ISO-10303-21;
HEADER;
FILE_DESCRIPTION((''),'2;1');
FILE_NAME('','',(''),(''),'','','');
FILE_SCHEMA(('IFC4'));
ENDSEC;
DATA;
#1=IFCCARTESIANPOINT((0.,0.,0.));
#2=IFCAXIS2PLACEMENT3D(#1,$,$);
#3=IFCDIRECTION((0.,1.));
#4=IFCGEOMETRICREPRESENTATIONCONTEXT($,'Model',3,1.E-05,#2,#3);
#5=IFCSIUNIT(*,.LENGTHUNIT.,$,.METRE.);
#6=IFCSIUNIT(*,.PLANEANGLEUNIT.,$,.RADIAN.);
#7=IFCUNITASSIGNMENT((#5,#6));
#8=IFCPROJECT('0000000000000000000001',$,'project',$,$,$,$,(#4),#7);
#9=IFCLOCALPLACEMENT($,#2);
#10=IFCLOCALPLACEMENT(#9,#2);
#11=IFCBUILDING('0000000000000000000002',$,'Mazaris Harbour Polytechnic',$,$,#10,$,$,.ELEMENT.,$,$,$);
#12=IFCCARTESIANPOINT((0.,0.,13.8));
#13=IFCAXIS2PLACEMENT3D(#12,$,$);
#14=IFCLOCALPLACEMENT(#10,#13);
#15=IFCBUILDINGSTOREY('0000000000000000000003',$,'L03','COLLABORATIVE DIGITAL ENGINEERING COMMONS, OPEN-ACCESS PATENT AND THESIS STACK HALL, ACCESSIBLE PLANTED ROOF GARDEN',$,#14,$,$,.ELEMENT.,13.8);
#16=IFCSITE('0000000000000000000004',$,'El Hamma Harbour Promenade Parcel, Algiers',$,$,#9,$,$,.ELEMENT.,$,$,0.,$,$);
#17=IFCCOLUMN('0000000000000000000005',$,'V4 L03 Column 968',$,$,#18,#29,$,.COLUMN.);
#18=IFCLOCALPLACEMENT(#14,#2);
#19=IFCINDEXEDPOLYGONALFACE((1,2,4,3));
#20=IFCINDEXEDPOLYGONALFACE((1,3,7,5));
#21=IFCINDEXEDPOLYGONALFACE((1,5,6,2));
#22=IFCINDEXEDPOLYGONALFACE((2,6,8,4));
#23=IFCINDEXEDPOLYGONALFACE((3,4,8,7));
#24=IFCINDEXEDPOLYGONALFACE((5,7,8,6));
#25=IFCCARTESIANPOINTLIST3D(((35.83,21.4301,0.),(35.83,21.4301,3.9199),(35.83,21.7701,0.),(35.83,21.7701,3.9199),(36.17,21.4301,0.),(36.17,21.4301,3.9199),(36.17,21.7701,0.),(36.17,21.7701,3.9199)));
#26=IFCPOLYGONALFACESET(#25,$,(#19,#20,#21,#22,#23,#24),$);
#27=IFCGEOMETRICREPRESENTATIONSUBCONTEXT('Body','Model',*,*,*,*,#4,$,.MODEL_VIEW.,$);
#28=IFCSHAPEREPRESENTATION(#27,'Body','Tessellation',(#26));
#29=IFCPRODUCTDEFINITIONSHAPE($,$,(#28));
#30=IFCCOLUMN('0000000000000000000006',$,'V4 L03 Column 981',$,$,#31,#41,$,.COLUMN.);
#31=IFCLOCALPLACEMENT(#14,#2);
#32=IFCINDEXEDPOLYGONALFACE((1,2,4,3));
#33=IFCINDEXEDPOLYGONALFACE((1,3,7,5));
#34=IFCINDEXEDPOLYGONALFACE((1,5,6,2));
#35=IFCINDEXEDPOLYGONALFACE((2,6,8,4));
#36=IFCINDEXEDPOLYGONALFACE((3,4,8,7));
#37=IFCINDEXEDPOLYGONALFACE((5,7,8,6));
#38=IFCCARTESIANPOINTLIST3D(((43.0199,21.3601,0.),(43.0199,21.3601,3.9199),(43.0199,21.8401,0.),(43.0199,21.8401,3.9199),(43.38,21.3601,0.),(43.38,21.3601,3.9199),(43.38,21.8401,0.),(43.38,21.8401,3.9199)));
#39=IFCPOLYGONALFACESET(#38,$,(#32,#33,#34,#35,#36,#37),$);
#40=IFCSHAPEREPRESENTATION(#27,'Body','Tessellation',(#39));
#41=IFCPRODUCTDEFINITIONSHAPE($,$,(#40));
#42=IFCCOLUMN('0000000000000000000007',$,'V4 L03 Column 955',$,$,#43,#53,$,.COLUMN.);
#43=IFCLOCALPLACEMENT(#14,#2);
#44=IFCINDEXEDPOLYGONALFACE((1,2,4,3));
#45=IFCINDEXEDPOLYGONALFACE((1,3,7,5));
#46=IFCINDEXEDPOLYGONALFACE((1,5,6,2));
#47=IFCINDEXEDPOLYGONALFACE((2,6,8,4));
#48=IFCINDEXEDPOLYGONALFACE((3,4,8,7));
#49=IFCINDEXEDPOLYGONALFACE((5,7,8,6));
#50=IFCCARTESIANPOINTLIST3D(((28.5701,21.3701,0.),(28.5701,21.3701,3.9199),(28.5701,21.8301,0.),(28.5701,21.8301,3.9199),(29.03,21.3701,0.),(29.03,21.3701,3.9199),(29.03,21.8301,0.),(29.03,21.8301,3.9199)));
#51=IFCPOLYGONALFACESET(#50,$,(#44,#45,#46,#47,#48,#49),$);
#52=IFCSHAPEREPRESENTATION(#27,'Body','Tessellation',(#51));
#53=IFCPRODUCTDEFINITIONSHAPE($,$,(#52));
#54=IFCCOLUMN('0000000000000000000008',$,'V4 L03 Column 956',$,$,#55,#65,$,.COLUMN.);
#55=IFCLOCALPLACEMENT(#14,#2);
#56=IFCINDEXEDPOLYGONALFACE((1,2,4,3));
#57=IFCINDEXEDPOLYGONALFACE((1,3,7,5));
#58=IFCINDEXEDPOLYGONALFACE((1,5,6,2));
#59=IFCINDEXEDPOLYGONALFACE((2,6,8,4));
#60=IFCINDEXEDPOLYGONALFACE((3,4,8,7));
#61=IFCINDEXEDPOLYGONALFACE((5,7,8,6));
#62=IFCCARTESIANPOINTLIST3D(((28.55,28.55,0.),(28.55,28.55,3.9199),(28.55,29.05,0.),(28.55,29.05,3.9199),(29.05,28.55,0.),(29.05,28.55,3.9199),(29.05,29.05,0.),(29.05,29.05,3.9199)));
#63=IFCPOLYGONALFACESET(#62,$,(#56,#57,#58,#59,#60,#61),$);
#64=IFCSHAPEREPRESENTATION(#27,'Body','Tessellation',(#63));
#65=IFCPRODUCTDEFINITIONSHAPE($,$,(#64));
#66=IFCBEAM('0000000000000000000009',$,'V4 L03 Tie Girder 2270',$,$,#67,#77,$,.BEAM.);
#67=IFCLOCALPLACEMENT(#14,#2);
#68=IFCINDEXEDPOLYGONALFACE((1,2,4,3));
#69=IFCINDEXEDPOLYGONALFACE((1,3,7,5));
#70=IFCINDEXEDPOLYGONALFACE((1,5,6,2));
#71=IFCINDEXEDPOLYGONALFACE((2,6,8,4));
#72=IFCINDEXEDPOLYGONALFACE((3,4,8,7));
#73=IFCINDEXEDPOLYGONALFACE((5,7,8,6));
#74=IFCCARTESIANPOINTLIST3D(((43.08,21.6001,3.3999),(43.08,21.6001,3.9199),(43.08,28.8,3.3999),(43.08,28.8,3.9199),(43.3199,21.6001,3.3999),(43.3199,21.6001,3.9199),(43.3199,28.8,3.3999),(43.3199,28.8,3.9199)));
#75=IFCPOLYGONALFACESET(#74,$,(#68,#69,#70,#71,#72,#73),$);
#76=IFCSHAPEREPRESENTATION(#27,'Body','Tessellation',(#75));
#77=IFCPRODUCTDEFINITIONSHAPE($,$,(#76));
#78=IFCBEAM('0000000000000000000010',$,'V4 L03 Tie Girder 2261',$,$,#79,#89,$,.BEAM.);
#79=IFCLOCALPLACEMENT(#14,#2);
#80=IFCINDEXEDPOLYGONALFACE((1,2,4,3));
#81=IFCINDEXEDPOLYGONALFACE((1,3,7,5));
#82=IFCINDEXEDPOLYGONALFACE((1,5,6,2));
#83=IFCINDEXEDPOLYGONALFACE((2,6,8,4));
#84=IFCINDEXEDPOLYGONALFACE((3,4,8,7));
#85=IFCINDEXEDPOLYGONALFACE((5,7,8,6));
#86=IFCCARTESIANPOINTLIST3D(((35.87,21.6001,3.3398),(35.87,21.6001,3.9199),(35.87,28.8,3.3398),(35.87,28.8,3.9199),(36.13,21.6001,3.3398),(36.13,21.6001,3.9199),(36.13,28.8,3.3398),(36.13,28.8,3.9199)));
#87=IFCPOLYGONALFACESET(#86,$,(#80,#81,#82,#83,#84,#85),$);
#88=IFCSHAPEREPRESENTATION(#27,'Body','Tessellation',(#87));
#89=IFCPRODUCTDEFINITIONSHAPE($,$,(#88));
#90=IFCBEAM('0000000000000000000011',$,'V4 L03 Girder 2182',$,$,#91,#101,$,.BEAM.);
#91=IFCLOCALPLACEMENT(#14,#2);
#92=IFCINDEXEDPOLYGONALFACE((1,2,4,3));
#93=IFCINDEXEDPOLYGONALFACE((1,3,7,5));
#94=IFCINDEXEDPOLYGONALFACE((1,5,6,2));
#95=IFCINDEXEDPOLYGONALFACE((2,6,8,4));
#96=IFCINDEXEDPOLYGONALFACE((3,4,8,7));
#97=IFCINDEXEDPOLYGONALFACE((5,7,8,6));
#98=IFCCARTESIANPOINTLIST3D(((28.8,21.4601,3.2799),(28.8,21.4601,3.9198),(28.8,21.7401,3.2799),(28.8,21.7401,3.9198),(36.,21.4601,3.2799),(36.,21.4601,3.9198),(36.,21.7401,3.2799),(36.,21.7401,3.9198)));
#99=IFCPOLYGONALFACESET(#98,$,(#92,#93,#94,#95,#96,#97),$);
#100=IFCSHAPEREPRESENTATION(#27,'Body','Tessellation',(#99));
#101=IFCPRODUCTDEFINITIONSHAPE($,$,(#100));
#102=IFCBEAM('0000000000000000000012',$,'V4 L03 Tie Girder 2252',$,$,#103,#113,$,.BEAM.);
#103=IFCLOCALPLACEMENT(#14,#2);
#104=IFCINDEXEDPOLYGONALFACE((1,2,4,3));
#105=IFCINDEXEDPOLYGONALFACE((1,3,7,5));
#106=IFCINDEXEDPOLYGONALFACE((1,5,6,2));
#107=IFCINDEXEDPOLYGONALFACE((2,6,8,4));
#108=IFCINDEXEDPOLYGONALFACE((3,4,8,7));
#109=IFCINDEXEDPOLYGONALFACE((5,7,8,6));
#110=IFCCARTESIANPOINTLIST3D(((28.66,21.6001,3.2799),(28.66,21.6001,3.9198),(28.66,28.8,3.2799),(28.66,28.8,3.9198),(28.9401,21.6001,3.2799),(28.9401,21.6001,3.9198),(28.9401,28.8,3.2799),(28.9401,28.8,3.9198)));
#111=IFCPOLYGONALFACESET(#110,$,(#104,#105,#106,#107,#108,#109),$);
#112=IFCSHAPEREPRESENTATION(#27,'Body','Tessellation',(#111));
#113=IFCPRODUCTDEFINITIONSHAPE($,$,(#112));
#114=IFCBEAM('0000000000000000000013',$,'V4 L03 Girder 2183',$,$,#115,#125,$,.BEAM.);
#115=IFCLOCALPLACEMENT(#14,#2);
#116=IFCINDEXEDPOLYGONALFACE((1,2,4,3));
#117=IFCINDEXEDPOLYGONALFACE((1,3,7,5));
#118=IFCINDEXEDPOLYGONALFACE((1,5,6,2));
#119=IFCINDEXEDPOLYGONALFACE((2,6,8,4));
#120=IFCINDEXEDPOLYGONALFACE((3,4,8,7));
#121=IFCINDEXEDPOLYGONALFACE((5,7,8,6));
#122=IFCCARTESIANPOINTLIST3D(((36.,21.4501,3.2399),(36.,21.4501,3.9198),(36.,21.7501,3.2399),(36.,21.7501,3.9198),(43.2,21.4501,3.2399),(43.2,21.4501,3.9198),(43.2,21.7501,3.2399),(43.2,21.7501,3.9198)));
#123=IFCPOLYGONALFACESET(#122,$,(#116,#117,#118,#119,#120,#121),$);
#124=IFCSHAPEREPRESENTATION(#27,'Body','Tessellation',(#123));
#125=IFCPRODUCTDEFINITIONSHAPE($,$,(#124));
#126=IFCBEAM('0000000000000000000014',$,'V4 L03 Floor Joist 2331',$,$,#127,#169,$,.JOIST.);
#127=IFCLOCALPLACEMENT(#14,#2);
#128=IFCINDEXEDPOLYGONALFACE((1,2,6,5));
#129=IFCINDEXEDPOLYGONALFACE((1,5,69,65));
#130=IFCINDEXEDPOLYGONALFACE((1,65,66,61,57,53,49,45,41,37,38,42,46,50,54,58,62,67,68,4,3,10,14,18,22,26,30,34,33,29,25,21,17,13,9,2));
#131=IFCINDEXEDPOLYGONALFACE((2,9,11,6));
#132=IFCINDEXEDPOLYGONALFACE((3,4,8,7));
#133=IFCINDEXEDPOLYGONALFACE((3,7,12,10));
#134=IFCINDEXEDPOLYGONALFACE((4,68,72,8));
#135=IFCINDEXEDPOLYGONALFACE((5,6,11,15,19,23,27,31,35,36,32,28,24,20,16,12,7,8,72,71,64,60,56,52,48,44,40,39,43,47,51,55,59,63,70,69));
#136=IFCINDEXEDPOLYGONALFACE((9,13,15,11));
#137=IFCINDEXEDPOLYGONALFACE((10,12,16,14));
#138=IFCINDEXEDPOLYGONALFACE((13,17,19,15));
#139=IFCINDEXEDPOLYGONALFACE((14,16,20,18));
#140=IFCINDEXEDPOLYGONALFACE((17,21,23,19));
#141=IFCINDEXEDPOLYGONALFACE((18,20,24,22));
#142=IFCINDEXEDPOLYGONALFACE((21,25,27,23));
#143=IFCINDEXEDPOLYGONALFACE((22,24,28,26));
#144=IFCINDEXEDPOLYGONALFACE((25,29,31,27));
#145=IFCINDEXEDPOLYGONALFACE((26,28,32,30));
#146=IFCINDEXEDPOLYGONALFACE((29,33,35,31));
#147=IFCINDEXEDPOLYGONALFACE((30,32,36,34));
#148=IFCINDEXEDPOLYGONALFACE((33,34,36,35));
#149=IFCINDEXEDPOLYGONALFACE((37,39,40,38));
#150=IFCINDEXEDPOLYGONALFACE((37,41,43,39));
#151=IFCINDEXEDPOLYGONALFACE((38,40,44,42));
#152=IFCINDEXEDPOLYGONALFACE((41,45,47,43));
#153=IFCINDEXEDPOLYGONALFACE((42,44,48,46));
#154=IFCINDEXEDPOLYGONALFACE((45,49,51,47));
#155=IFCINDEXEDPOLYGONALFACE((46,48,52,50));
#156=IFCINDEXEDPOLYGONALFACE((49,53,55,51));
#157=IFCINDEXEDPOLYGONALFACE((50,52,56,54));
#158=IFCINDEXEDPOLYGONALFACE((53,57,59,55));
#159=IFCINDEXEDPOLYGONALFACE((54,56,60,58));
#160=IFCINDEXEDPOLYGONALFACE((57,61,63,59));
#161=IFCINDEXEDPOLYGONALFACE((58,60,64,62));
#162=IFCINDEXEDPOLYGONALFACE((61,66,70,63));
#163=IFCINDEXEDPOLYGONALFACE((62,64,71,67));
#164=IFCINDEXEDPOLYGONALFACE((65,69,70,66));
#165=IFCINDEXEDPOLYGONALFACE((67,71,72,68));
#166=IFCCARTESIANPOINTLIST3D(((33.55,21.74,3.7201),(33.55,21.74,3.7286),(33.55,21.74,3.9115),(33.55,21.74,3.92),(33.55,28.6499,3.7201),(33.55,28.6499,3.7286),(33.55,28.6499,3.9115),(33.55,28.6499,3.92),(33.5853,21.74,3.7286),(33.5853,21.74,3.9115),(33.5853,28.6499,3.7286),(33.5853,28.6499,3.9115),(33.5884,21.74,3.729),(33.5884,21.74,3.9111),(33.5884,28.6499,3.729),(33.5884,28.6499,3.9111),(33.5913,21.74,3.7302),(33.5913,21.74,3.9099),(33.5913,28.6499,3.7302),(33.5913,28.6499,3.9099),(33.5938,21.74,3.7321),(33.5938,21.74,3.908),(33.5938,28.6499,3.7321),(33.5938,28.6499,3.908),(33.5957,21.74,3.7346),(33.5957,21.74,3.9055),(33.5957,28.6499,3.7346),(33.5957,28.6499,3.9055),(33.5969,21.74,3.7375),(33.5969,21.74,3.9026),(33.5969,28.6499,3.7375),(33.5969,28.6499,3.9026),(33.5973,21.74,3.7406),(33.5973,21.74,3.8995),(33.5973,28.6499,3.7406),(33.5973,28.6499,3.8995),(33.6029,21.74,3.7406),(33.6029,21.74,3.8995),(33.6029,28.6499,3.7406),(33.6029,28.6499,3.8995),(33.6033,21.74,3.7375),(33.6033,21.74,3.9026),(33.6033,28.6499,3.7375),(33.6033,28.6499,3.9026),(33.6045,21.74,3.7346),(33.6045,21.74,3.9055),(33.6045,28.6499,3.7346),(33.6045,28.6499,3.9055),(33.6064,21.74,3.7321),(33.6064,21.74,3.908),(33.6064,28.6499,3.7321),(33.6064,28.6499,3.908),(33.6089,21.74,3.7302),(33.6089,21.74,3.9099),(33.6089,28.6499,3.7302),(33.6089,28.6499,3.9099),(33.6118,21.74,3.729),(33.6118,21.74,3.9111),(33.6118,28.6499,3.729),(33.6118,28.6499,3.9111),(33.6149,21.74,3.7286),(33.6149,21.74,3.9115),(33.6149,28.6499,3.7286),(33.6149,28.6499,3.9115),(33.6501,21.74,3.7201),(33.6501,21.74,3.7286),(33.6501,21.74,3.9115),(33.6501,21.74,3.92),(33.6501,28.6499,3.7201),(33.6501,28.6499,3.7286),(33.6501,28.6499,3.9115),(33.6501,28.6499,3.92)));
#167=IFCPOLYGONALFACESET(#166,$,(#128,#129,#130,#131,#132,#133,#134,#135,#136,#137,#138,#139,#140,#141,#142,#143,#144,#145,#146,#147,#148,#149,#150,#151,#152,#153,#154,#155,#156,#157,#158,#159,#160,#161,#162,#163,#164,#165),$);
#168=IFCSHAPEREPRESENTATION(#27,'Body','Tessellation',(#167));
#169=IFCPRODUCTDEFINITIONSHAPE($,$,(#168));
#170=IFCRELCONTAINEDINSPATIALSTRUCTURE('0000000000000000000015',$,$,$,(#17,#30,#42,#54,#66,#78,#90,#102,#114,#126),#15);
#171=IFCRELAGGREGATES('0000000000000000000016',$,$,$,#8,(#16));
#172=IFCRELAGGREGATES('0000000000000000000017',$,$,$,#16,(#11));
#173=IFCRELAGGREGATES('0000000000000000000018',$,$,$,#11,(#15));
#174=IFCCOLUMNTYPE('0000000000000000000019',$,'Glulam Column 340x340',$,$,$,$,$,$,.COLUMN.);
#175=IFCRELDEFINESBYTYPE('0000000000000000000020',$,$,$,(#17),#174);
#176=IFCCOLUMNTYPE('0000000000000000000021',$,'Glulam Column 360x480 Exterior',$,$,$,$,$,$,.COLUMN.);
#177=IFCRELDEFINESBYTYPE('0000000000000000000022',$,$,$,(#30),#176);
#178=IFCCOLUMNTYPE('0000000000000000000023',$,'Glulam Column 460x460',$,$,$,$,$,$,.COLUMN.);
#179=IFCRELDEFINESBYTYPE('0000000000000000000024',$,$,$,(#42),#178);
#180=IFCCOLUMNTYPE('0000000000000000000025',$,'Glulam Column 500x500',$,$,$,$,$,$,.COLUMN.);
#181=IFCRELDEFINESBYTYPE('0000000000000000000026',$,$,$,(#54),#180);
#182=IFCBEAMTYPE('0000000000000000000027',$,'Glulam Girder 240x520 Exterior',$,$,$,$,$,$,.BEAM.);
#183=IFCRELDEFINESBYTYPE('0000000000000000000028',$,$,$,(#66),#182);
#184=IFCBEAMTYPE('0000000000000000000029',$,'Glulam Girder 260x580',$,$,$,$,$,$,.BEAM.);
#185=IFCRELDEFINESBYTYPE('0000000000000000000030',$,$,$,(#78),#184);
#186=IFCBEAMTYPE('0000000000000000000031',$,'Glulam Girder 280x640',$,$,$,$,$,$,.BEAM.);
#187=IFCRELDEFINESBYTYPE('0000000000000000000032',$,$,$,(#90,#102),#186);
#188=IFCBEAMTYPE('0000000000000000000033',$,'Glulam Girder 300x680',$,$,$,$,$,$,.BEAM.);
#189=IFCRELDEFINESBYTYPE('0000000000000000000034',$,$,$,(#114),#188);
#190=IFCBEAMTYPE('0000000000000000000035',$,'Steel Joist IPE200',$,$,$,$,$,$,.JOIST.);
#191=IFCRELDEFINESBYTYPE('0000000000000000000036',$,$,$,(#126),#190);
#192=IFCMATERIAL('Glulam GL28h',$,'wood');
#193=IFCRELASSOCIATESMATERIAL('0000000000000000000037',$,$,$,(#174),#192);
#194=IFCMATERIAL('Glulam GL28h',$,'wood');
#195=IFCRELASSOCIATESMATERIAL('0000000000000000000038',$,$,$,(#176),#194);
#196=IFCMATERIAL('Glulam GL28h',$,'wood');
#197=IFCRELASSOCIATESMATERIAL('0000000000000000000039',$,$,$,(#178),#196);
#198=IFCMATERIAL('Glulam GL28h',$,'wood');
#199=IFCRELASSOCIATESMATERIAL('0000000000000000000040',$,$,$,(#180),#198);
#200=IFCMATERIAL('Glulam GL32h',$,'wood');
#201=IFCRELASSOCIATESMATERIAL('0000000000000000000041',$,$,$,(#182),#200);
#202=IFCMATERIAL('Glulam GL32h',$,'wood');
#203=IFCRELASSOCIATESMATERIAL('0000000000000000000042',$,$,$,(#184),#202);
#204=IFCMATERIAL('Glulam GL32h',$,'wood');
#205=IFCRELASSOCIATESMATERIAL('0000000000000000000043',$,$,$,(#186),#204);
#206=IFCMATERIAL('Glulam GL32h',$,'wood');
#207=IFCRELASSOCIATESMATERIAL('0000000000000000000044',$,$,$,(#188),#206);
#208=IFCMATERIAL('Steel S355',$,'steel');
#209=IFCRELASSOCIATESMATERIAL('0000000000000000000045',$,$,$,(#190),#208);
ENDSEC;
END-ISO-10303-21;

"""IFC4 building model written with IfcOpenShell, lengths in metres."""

from ifc_helpers import new_model, si_unit, direction, frame, origin, origin_2d, place, context, subcontext, project, spatial, rectangle, i_section, extrude, material, material_profile, profile_set, type_object, element, save


model = new_model("IFC4")

# Units and contexts
model_context = context("Model", 3, precision=1e-05, world=origin(), true_north=direction((0.0, 1.0)))
body_context = subcontext(model_context, "Body", "Model", "MODEL_VIEW")
ifc_project = project(units=[si_unit("LENGTHUNIT", "METRE"), si_unit("PLANEANGLEUNIT", "RADIAN")], contexts=[model_context])

# Site, building, storey
site_placement = place(None, origin())
site = spatial("IfcSite", under=ifc_project, at=site_placement, Name="El Hamma Harbour Promenade Parcel, Algiers", CompositionType="ELEMENT", RefElevation=0.0)
building_placement = place(site_placement, origin())
building = spatial("IfcBuilding", under=site, at=building_placement, Name="Mazaris Harbour Polytechnic", CompositionType="ELEMENT")
storey_placement = place(building_placement, frame((0.0, 0.0, 13.8)))
storey = spatial("IfcBuildingStorey", under=building, at=storey_placement, Name="L03", Description="COLLABORATIVE DIGITAL ENGINEERING COMMONS, OPEN-ACCESS PATENT AND THESIS STACK HALL, ACCESSIBLE PLANTED ROOF GARDEN", CompositionType="ELEMENT", Elevation=13.8)

# Columns
ifc_material_1 = material(Name="Glulam GL28h", Category="wood")
ifc_material_profile_1 = material_profile(ifc_material_1, rectangle(XDim=0.3401, YDim=0.3401, at=origin_2d()), Name="RECT340x340")
ifc_profile_set_1 = profile_set([ifc_material_profile_1], Name="Glulam GL28h")
column_type_1 = type_object("IfcColumnType", Name="Glulam Column 340x340", PredefinedType="COLUMN", material=ifc_profile_set_1)
column_1_placement = place(storey_placement, frame((36.0, 21.6001, 0.0), z_axis=(0.0, 0.0, 1.0), x_axis=(1.0, 0.0, 0.0)))
element("IfcColumn", 1, at=column_1_placement, inside=storey, type_object=column_type_1, Name="V4 L03 Column 968", PredefinedType="COLUMN", context=body_context, shape_type="SweptSolid", body=[
    extrude(rectangle(XDim=0.3401, YDim=0.3401, at=origin_2d()), origin(), (0.0, 0.0, 1.0), 3.9199),
])
ifc_material_2 = material(Name="Glulam GL28h", Category="wood")
ifc_material_profile_2 = material_profile(ifc_material_2, rectangle(XDim=0.3601, YDim=0.48, at=origin_2d()), Name="RECT360x480")
ifc_profile_set_2 = profile_set([ifc_material_profile_2], Name="Glulam GL28h")
column_type_2 = type_object("IfcColumnType", Name="Glulam Column 360x480 Exterior", PredefinedType="COLUMN", material=ifc_profile_set_2)
column_2_placement = place(storey_placement, frame((43.2, 21.6001, 0.0), z_axis=(0.0, 0.0, 1.0), x_axis=(1.0, 0.0, 0.0)))
element("IfcColumn", 2, at=column_2_placement, inside=storey, type_object=column_type_2, Name="V4 L03 Column 981", PredefinedType="COLUMN", context=body_context, shape_type="SweptSolid", body=[
    extrude(rectangle(XDim=0.3601, YDim=0.48, at=origin_2d()), origin(), (0.0, 0.0, 1.0), 3.9199),
])
ifc_material_3 = material(Name="Glulam GL28h", Category="wood")
ifc_material_profile_3 = material_profile(ifc_material_3, rectangle(XDim=0.46, YDim=0.46, at=origin_2d()), Name="RECT460x460")
ifc_profile_set_3 = profile_set([ifc_material_profile_3], Name="Glulam GL28h")
column_type_3 = type_object("IfcColumnType", Name="Glulam Column 460x460", PredefinedType="COLUMN", material=ifc_profile_set_3)
column_3_placement = place(storey_placement, frame((28.8, 21.6001, 0.0), z_axis=(0.0, 0.0, 1.0), x_axis=(1.0, 0.0, 0.0)))
element("IfcColumn", 3, at=column_3_placement, inside=storey, type_object=column_type_3, Name="V4 L03 Column 955", PredefinedType="COLUMN", context=body_context, shape_type="SweptSolid", body=[
    extrude(rectangle(XDim=0.46, YDim=0.46, at=origin_2d()), origin(), (0.0, 0.0, 1.0), 3.9199),
])
ifc_material_4 = material(Name="Glulam GL28h", Category="wood")
ifc_material_profile_4 = material_profile(ifc_material_4, rectangle(XDim=0.5, YDim=0.5, at=origin_2d()), Name="RECT500x500")
ifc_profile_set_4 = profile_set([ifc_material_profile_4], Name="Glulam GL28h")
column_type_4 = type_object("IfcColumnType", Name="Glulam Column 500x500", PredefinedType="COLUMN", material=ifc_profile_set_4)
column_4_placement = place(storey_placement, frame((28.8, 28.8, 0.0), z_axis=(0.0, 0.0, 1.0), x_axis=(1.0, 0.0, 0.0)))
element("IfcColumn", 4, at=column_4_placement, inside=storey, type_object=column_type_4, Name="V4 L03 Column 956", PredefinedType="COLUMN", context=body_context, shape_type="SweptSolid", body=[
    extrude(rectangle(XDim=0.5, YDim=0.5, at=origin_2d()), origin(), (0.0, 0.0, 1.0), 3.9199),
])

# Beams
ifc_material_5 = material(Name="Glulam GL32h", Category="wood")
ifc_material_profile_5 = material_profile(ifc_material_5, rectangle(XDim=0.24, YDim=0.52, at=origin_2d()), Name="RECT240x520")
ifc_profile_set_5 = profile_set([ifc_material_profile_5], Name="Glulam GL32h")
beam_type_1 = type_object("IfcBeamType", Name="Glulam Girder 240x520 Exterior", PredefinedType="BEAM", material=ifc_profile_set_5)
beam_1_placement = place(storey_placement, frame((43.2, 21.6001, 3.6599), z_axis=(0.0, 1.0, 0.0), x_axis=(-1.0, 0.0, 0.0)))
element("IfcBeam", 5, at=beam_1_placement, inside=storey, type_object=beam_type_1, Name="V4 L03 Tie Girder 2270", PredefinedType="BEAM", context=body_context, shape_type="SweptSolid", body=[
    extrude(rectangle(XDim=0.24, YDim=0.52, at=origin_2d()), origin(), (0.0, 0.0, 1.0), 7.2),
])
ifc_material_6 = material(Name="Glulam GL32h", Category="wood")
ifc_material_profile_6 = material_profile(ifc_material_6, rectangle(XDim=0.26, YDim=0.5801, at=origin_2d()), Name="RECT260x580")
ifc_profile_set_6 = profile_set([ifc_material_profile_6], Name="Glulam GL32h")
beam_type_2 = type_object("IfcBeamType", Name="Glulam Girder 260x580", PredefinedType="BEAM", material=ifc_profile_set_6)
beam_2_placement = place(storey_placement, frame((36.0, 21.6001, 3.6299), z_axis=(0.0, 1.0, 0.0), x_axis=(-1.0, 0.0, 0.0)))
element("IfcBeam", 6, at=beam_2_placement, inside=storey, type_object=beam_type_2, Name="V4 L03 Tie Girder 2261", PredefinedType="BEAM", context=body_context, shape_type="SweptSolid", body=[
    extrude(rectangle(XDim=0.26, YDim=0.5801, at=origin_2d()), origin(), (0.0, 0.0, 1.0), 7.2),
])
ifc_material_7 = material(Name="Glulam GL32h", Category="wood")
ifc_material_profile_7 = material_profile(ifc_material_7, rectangle(XDim=0.28, YDim=0.6399, at=origin_2d()), Name="RECT280x640")
ifc_profile_set_7 = profile_set([ifc_material_profile_7], Name="Glulam GL32h")
beam_type_3 = type_object("IfcBeamType", Name="Glulam Girder 280x640", PredefinedType="BEAM", material=ifc_profile_set_7)
for number, where, z_axis, x_axis, name in (
    (7, (28.8, 21.6001, 3.5999), (1.0, 0.0, 0.0), (0.0, 1.0, 0.0), "V4 L03 Girder 2182"),
    (8, (28.8, 21.6001, 3.5999), (0.0, 1.0, 0.0), (-1.0, 0.0, 0.0), "V4 L03 Tie Girder 2252"),
):
    element("IfcBeam", number, at=place(storey_placement, frame(where, z_axis=z_axis, x_axis=x_axis)), inside=storey, type_object=beam_type_3, Name=name, PredefinedType="BEAM", context=body_context, shape_type="SweptSolid", body=[
        extrude(rectangle(XDim=0.28, YDim=0.6399, at=origin_2d()), origin(), (0.0, 0.0, 1.0), 7.2),
    ])
ifc_material_8 = material(Name="Glulam GL32h", Category="wood")
ifc_material_profile_8 = material_profile(ifc_material_8, rectangle(XDim=0.3, YDim=0.6799, at=origin_2d()), Name="RECT300x680")
ifc_profile_set_8 = profile_set([ifc_material_profile_8], Name="Glulam GL32h")
beam_type_4 = type_object("IfcBeamType", Name="Glulam Girder 300x680", PredefinedType="BEAM", material=ifc_profile_set_8)
beam_3_placement = place(storey_placement, frame((36.0, 21.6001, 3.5798), z_axis=(1.0, 0.0, 0.0), x_axis=(0.0, 1.0, 0.0)))
element("IfcBeam", 9, at=beam_3_placement, inside=storey, type_object=beam_type_4, Name="V4 L03 Girder 2183", PredefinedType="BEAM", context=body_context, shape_type="SweptSolid", body=[
    extrude(rectangle(XDim=0.3, YDim=0.6799, at=origin_2d()), origin(), (0.0, 0.0, 1.0), 7.2),
])
ifc_material_9 = material(Name="Steel S355", Category="steel")
ifc_material_profile_9 = material_profile(ifc_material_9, i_section(OverallWidth=0.1001, OverallDepth=0.2, WebThickness=0.0056, FlangeThickness=0.0085, FilletRadius=0.012, at=origin_2d()), Name="IPE 200")
ifc_profile_set_9 = profile_set([ifc_material_profile_9], Name="Steel S355")
beam_type_5 = type_object("IfcBeamType", Name="Steel Joist IPE200", PredefinedType="JOIST", material=ifc_profile_set_9)
beam_4_placement = place(storey_placement, frame((33.6001, 21.74, 3.8201), z_axis=(0.0, 1.0, 0.0), x_axis=(-1.0, 0.0, 0.0)))
element("IfcBeam", 10, at=beam_4_placement, inside=storey, type_object=beam_type_5, Name="V4 L03 Floor Joist 2331", PredefinedType="JOIST", context=body_context, shape_type="SweptSolid", body=[
    extrude(i_section(OverallWidth=0.1001, OverallDepth=0.2, WebThickness=0.0056, FlangeThickness=0.0085, FilletRadius=0.012, at=origin_2d()), origin(), (0.0, 0.0, 1.0), 6.9099),
])

save(model, "model.ifc")
